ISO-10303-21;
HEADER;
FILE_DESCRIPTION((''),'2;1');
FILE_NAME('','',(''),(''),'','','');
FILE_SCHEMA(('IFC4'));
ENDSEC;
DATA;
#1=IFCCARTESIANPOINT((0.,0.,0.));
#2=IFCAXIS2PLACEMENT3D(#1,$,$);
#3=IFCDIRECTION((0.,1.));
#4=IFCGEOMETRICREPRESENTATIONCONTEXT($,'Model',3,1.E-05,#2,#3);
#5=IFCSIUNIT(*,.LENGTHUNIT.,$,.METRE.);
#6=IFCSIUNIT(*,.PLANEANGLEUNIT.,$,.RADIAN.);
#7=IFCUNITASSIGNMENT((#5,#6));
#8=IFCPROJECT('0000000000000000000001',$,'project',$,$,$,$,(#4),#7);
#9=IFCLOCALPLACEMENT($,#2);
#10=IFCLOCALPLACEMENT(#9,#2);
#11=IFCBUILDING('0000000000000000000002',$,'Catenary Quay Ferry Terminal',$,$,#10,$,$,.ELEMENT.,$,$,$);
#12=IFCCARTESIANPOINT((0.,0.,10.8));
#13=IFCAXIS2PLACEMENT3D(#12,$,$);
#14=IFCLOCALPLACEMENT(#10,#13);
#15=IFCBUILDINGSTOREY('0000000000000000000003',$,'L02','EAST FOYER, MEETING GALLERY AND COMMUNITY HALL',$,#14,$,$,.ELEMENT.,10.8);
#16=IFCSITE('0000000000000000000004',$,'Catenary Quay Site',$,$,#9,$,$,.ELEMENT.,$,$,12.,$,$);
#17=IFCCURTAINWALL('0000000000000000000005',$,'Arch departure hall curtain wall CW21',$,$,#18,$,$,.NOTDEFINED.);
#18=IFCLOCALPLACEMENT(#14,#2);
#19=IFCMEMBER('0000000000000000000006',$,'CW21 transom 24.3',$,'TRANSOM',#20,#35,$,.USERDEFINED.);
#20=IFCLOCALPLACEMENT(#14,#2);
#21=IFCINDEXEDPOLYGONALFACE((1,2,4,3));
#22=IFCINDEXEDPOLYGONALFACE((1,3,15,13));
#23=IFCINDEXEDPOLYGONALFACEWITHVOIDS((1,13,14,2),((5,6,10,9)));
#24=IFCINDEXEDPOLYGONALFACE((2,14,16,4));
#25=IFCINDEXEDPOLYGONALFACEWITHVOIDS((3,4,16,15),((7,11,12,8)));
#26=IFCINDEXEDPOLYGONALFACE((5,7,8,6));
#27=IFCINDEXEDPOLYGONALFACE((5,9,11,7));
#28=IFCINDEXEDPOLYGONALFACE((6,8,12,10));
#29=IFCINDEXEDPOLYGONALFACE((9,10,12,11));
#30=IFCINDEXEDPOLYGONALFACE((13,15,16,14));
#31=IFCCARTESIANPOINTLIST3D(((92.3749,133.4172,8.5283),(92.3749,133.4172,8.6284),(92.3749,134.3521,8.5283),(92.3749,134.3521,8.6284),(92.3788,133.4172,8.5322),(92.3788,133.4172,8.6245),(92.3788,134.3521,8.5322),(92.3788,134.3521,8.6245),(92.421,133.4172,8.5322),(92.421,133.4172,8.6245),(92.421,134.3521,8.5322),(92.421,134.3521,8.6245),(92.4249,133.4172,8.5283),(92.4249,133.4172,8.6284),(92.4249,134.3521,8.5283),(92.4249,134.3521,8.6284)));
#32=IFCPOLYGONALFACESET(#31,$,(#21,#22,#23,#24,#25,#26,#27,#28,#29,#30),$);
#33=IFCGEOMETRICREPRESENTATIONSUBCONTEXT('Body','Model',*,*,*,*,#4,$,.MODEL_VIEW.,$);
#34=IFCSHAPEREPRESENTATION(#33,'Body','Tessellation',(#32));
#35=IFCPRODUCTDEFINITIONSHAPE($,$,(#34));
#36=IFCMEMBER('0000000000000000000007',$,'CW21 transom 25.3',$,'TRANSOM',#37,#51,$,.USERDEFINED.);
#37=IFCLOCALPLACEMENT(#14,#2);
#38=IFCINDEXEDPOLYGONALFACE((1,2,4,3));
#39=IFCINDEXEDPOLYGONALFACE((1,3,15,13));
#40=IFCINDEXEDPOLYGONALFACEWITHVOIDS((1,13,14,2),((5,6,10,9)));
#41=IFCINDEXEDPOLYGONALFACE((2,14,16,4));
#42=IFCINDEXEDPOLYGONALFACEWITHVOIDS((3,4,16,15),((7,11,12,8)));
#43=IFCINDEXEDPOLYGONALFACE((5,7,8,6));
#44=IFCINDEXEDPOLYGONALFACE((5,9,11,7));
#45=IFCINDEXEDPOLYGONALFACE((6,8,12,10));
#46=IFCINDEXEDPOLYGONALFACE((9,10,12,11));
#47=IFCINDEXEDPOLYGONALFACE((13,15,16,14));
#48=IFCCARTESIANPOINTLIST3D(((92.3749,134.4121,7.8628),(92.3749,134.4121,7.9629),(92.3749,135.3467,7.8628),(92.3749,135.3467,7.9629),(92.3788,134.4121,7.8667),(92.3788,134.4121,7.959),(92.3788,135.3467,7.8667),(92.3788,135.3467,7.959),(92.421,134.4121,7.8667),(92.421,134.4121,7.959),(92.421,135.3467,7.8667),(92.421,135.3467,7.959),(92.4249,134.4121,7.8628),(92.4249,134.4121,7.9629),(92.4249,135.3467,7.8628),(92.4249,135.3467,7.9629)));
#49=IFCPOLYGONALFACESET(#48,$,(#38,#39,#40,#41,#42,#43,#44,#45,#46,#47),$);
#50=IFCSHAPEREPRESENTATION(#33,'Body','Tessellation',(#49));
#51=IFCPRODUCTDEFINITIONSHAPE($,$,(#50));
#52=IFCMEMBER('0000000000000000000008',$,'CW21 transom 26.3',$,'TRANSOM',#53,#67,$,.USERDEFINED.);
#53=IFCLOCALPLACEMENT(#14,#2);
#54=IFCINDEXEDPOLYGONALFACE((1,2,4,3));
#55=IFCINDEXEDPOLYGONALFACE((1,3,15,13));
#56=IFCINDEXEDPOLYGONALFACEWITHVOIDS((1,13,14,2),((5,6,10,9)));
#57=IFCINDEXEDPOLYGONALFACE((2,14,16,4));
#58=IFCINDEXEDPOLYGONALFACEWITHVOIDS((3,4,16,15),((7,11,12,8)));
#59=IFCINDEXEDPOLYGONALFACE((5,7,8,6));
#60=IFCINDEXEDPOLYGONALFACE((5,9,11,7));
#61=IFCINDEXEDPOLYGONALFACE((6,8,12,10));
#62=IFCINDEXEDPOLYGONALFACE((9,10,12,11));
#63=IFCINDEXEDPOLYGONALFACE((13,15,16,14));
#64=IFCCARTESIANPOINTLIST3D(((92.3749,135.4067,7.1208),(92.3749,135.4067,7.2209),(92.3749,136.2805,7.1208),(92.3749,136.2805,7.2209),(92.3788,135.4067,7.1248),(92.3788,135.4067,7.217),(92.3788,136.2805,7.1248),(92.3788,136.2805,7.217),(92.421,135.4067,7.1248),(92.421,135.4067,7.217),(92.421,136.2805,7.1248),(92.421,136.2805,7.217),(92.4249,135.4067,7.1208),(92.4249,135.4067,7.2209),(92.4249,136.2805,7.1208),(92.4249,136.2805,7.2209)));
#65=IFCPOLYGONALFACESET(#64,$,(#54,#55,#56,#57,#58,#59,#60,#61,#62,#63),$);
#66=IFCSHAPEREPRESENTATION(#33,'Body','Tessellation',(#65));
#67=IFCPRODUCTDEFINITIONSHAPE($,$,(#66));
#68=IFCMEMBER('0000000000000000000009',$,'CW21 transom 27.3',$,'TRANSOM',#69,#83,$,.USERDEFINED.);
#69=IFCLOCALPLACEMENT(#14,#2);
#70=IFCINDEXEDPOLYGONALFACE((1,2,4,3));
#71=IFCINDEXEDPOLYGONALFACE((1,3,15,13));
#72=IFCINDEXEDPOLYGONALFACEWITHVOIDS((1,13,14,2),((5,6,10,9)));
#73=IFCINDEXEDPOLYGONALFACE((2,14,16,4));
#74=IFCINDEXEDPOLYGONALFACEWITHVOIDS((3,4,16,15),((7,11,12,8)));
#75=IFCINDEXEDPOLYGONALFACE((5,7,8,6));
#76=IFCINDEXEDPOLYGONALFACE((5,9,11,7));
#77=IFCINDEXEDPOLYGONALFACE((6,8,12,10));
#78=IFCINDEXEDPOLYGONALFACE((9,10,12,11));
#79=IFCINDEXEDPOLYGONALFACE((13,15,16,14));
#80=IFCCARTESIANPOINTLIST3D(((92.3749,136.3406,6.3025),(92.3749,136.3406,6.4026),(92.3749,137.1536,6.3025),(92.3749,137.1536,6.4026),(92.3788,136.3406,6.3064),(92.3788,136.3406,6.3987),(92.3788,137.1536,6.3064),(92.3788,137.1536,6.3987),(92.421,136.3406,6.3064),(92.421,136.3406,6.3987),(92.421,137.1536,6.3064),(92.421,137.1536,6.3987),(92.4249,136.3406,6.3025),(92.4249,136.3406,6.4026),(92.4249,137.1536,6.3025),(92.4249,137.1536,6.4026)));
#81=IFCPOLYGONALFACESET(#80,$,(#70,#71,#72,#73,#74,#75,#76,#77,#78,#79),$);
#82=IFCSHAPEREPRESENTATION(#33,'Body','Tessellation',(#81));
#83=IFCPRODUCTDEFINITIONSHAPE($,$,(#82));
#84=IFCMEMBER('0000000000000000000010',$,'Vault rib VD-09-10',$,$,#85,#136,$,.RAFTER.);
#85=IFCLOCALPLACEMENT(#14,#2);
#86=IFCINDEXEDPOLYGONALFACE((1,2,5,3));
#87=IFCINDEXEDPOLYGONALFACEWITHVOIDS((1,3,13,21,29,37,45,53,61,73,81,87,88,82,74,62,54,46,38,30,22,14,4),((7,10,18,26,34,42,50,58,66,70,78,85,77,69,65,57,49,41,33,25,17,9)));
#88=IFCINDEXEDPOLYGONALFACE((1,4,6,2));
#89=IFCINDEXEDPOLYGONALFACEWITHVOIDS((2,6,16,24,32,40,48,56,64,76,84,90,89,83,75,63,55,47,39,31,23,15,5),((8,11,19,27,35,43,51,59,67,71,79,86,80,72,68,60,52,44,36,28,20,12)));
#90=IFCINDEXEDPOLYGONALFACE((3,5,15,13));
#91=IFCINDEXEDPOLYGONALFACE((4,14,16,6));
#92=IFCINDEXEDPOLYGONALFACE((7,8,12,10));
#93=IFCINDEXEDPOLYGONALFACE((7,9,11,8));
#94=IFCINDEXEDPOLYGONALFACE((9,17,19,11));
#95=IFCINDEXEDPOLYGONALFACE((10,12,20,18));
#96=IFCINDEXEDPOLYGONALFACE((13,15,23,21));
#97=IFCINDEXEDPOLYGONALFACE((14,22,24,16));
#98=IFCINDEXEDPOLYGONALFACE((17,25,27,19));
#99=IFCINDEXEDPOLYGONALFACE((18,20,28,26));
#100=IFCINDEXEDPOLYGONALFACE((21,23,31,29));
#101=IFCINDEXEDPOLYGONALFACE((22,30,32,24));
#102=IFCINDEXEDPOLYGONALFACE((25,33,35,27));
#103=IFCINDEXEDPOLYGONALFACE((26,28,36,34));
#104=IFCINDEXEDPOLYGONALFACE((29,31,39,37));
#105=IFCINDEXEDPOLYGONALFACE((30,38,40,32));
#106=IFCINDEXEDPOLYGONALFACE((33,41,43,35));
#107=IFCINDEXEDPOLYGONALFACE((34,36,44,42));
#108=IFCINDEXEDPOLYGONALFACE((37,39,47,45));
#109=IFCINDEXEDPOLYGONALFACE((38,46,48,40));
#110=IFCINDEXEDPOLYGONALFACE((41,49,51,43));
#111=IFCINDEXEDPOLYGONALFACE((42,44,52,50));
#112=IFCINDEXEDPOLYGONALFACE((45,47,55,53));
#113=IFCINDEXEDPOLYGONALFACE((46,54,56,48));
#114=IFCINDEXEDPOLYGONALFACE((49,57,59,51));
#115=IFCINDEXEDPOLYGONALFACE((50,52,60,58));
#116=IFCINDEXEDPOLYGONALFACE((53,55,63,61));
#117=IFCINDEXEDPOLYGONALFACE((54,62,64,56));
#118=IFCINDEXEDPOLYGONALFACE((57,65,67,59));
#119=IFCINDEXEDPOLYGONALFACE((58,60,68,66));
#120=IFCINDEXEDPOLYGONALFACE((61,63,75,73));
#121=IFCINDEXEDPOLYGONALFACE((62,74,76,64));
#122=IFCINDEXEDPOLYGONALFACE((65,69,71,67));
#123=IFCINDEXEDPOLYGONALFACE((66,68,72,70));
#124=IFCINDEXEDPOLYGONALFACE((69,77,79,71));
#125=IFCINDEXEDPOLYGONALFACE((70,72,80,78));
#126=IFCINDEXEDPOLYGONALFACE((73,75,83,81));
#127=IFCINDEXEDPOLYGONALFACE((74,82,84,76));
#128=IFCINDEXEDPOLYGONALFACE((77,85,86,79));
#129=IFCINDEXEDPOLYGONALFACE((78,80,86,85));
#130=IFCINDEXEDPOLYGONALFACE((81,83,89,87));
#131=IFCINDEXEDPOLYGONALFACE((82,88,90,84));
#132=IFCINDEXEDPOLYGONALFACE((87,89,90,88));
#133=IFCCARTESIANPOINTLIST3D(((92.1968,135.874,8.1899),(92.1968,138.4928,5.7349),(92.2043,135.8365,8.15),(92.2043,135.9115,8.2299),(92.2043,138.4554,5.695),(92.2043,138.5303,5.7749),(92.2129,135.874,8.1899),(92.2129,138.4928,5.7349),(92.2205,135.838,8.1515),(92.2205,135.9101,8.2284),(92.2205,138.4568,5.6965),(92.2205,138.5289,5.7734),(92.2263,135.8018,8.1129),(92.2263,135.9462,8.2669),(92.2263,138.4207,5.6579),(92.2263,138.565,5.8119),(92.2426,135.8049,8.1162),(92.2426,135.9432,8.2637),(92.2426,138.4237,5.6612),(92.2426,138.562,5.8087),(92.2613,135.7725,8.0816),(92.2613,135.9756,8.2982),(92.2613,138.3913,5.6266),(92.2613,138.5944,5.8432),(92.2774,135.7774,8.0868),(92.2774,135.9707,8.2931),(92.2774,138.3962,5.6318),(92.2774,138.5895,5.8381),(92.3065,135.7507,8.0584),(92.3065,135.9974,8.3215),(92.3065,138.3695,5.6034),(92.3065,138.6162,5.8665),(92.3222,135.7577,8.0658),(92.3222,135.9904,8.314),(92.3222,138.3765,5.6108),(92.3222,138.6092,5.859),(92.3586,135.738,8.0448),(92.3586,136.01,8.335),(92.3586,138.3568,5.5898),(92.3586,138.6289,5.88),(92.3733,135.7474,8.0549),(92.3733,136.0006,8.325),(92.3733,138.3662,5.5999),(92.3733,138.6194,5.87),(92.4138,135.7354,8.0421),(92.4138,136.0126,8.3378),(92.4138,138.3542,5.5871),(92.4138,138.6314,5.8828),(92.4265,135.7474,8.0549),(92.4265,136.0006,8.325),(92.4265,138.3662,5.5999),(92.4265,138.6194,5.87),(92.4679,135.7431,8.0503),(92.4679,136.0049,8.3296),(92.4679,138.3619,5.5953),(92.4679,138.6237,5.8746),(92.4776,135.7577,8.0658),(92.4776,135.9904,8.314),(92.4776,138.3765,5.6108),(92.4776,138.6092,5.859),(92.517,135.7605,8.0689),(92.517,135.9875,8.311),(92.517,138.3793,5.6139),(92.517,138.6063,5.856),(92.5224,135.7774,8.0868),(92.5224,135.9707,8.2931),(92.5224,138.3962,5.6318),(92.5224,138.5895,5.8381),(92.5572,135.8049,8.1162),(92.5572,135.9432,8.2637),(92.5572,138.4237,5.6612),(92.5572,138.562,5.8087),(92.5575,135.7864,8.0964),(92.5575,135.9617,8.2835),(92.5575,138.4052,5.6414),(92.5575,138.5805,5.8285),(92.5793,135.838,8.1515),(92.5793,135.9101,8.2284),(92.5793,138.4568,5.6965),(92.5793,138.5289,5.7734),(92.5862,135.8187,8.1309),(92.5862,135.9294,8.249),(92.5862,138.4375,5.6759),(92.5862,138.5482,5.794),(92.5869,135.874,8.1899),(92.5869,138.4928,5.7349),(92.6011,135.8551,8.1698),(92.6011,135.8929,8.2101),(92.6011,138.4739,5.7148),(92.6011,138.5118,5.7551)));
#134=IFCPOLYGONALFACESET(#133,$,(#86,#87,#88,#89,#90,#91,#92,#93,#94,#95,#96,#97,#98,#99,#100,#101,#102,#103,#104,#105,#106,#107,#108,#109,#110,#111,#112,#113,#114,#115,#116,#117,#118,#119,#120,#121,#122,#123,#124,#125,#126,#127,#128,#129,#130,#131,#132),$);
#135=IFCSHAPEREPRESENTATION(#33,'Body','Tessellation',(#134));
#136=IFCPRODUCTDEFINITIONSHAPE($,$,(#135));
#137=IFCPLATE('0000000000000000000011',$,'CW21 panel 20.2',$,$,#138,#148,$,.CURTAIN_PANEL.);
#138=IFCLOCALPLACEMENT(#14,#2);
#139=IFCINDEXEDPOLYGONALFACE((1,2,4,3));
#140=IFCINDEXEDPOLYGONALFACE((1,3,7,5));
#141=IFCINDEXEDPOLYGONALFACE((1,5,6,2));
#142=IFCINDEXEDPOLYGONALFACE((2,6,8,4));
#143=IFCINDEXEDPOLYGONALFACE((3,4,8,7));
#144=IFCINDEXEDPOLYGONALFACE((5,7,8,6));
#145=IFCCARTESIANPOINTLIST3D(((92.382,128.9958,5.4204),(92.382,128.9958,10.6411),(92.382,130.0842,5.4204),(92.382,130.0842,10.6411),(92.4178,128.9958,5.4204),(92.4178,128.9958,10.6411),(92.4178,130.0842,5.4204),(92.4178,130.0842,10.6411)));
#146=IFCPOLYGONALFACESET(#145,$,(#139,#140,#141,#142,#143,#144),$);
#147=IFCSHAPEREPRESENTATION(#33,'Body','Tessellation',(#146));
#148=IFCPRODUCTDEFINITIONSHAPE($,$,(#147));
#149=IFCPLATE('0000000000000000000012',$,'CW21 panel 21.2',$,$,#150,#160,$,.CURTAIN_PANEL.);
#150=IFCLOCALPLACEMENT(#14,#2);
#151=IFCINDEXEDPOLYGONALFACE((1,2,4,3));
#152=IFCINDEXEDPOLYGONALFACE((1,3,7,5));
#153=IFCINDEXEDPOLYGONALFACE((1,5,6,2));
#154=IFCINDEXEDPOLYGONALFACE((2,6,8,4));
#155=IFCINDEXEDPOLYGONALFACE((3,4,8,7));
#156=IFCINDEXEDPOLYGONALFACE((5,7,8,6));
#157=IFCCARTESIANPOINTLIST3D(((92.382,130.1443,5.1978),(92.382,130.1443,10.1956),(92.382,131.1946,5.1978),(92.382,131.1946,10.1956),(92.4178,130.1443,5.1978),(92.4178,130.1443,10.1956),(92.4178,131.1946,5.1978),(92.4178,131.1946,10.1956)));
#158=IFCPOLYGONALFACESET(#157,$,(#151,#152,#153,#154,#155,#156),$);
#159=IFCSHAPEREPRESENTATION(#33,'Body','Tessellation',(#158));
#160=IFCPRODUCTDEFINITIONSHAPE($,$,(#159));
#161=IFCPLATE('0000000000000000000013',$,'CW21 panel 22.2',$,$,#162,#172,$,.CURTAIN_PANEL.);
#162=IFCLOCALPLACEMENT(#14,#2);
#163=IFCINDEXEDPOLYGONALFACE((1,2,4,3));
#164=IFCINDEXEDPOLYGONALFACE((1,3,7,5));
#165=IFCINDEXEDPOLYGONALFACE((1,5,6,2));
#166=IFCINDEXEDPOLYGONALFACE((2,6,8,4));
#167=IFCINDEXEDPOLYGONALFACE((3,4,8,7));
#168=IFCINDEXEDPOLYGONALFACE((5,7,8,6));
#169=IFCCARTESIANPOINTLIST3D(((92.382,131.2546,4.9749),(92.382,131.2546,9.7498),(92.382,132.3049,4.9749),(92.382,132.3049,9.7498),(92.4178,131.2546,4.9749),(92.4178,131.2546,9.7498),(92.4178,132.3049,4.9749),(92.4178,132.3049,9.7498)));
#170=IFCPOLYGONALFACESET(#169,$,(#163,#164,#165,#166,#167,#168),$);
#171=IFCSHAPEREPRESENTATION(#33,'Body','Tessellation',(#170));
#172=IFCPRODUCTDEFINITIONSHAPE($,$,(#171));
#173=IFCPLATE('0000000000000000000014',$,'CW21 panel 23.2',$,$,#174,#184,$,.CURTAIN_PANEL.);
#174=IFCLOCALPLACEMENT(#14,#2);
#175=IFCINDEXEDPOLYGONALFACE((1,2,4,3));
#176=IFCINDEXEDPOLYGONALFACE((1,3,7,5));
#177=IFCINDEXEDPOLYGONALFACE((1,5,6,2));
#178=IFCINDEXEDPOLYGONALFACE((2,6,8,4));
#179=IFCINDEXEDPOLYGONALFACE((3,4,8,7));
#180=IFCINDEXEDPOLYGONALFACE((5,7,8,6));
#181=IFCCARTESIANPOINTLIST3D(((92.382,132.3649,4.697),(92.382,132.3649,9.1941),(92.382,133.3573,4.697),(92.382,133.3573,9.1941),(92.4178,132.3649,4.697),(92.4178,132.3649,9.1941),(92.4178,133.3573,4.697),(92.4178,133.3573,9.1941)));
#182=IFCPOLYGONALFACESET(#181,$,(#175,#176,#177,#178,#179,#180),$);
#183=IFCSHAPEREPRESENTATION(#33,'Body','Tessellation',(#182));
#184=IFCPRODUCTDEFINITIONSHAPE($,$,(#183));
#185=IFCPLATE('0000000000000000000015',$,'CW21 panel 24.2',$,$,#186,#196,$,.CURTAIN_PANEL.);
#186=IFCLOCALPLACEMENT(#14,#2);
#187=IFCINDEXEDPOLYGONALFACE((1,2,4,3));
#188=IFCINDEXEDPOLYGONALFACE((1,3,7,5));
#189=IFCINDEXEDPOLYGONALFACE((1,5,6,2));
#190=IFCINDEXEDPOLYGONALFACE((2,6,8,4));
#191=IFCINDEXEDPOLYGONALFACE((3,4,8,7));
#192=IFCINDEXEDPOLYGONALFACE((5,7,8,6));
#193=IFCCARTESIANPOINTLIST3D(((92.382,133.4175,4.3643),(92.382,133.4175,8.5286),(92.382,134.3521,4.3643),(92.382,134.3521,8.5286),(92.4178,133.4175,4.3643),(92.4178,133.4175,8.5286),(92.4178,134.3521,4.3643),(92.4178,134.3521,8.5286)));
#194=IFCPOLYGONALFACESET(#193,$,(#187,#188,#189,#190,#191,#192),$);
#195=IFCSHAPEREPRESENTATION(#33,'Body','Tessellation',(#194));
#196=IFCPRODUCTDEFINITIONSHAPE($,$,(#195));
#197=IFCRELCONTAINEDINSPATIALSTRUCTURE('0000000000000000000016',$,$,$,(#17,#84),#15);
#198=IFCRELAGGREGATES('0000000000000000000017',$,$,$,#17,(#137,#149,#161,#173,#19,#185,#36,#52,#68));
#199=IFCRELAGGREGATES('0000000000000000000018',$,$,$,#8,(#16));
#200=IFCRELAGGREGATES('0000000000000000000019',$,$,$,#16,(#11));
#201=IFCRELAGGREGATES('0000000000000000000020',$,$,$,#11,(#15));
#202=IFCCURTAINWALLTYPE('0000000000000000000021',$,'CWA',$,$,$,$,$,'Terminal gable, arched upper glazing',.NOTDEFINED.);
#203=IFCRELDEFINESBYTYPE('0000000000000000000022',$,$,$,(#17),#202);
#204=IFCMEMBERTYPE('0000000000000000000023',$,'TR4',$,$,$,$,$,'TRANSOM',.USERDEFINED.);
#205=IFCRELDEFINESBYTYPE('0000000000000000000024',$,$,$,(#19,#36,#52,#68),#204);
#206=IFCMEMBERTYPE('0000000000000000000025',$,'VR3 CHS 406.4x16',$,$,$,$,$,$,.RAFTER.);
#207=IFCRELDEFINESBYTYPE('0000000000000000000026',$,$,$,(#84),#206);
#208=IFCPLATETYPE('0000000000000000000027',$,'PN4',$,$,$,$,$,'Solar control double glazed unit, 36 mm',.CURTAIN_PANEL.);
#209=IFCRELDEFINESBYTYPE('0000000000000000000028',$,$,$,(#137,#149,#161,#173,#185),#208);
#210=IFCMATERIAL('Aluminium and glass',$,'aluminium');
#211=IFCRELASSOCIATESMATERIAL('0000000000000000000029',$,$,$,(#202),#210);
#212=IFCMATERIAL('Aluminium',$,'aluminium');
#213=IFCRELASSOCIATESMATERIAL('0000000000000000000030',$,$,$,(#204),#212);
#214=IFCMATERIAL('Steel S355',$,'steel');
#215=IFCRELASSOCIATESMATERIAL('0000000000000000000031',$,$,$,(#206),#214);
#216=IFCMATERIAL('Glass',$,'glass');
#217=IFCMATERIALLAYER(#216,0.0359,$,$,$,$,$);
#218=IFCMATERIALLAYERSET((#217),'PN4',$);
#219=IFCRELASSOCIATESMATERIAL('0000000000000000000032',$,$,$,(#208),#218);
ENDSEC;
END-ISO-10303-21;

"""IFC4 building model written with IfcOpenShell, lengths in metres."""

from ifc_helpers import new_model, si_unit, direction, frame, origin, origin_2d, place, context, subcontext, project, spatial, rectangle, hollow_rectangle, hollow_circle, extrude, material, layer, layer_set, material_profile, profile_set, type_object, element, aggregate, save


model = new_model("IFC4")

# Units and contexts
model_context = context("Model", 3, precision=1e-05, world=origin(), true_north=direction((0.0, 1.0)))
body_context = subcontext(model_context, "Body", "Model", "MODEL_VIEW")
ifc_project = project(units=[si_unit("LENGTHUNIT", "METRE"), si_unit("PLANEANGLEUNIT", "RADIAN")], contexts=[model_context])

# Site, building, storey
site_placement = place(None, origin())
site = spatial("IfcSite", under=ifc_project, at=site_placement, Name="Catenary Quay Site", CompositionType="ELEMENT", RefElevation=12.0)
building_placement = place(site_placement, origin())
building = spatial("IfcBuilding", under=site, at=building_placement, Name="Catenary Quay Ferry Terminal", CompositionType="ELEMENT")
storey_placement = place(building_placement, frame((0.0, 0.0, 10.8)))
storey = spatial("IfcBuildingStorey", under=building, at=storey_placement, Name="L02", Description="EAST FOYER, MEETING GALLERY AND COMMUNITY HALL", CompositionType="ELEMENT", Elevation=10.8)

# Curtain wall, members
ifc_material_1 = material(Name="Aluminium and glass", Category="aluminium")
curtain_wall_type = type_object("IfcCurtainWallType", Name="CWA", ElementType="Terminal gable, arched upper glazing", PredefinedType="NOTDEFINED", material=ifc_material_1)
curtain_wall_placement = place(storey_placement, origin())
curtain_wall = element("IfcCurtainWall", 1, at=curtain_wall_placement, inside=storey, type_object=curtain_wall_type, Name="Arch departure hall curtain wall CW21", PredefinedType="NOTDEFINED")
ifc_material_2 = material(Name="Aluminium", Category="aluminium")
ifc_material_profile_1 = material_profile(ifc_material_2, hollow_rectangle(XDim=0.05, YDim=0.1001, WallThickness=0.0039, at=origin_2d()), Name="TR4")
ifc_profile_set_1 = profile_set([ifc_material_profile_1], Name="Aluminium")
member_type_1 = type_object("IfcMemberType", Name="TR4", ElementType="TRANSOM", PredefinedType="USERDEFINED", material=ifc_profile_set_1)
member_1_placement = place(storey_placement, frame((92.3999, 133.4172, 8.5784), z_axis=(0.0, 1.0, 0.0), x_axis=(-1.0, 0.0, 0.0)))
member_1 = element("IfcMember", 2, at=member_1_placement, type_object=member_type_1, Name="CW21 transom 24.3", ObjectType="TRANSOM", PredefinedType="USERDEFINED", context=body_context, shape_type="SweptSolid", body=[
    extrude(hollow_rectangle(XDim=0.05, YDim=0.1001, WallThickness=0.0039, at=origin_2d()), origin(), (0.0, 0.0, 1.0), 0.9348),
])
member_2_placement = place(storey_placement, frame((92.3999, 134.4121, 7.9128), z_axis=(0.0, 1.0, 0.0), x_axis=(-1.0, 0.0, 0.0)))
member_2 = element("IfcMember", 3, at=member_2_placement, type_object=member_type_1, Name="CW21 transom 25.3", ObjectType="TRANSOM", PredefinedType="USERDEFINED", context=body_context, shape_type="SweptSolid", body=[
    extrude(hollow_rectangle(XDim=0.05, YDim=0.1001, WallThickness=0.0039, at=origin_2d()), origin(), (0.0, 0.0, 1.0), 0.9346),
])
member_3_placement = place(storey_placement, frame((92.3999, 135.4067, 7.1709), z_axis=(0.0, 1.0, 0.0), x_axis=(-1.0, 0.0, 0.0)))
member_3 = element("IfcMember", 4, at=member_3_placement, type_object=member_type_1, Name="CW21 transom 26.3", ObjectType="TRANSOM", PredefinedType="USERDEFINED", context=body_context, shape_type="SweptSolid", body=[
    extrude(hollow_rectangle(XDim=0.05, YDim=0.1001, WallThickness=0.0039, at=origin_2d()), origin(), (0.0, 0.0, 1.0), 0.8738),
])
member_4_placement = place(storey_placement, frame((92.3999, 136.3406, 6.3525), z_axis=(0.0, 1.0, 0.0), x_axis=(-1.0, 0.0, 0.0)))
member_4 = element("IfcMember", 5, at=member_4_placement, type_object=member_type_1, Name="CW21 transom 27.3", ObjectType="TRANSOM", PredefinedType="USERDEFINED", context=body_context, shape_type="SweptSolid", body=[
    extrude(hollow_rectangle(XDim=0.05, YDim=0.1001, WallThickness=0.0039, at=origin_2d()), origin(), (0.0, 0.0, 1.0), 0.813),
])

# Member
ifc_material_3 = material(Name="Steel S355", Category="steel")
ifc_material_profile_2 = material_profile(ifc_material_3, hollow_circle(Radius=0.2031, WallThickness=0.0161, at=origin_2d()), Name="CHS 406.4x16")
ifc_profile_set_2 = profile_set([ifc_material_profile_2], Name="Steel S355")
member_type_2 = type_object("IfcMemberType", Name="VR3 CHS 406.4x16", PredefinedType="RAFTER", material=ifc_profile_set_2)
member_5_placement = place(storey_placement, frame((92.3999, 135.874, 8.1899), z_axis=(0.0, 0.729556, -0.683921), x_axis=(-1.0, 0.0, 0.0)))
element("IfcMember", 6, at=member_5_placement, inside=storey, type_object=member_type_2, Name="Vault rib VD-09-10", PredefinedType="RAFTER", context=body_context, shape_type="SweptSolid", body=[
    extrude(hollow_circle(Radius=0.2031, WallThickness=0.0161, at=origin_2d()), origin(), (0.0, 0.0, 1.0), 3.5896),
])

# Plates
ifc_material_4 = material(Name="Glass", Category="glass")
ifc_layer_1 = layer(ifc_material_4, 0.0359)
ifc_layer_set_1 = layer_set([ifc_layer_1], Name="PN4")
plate_type_1 = type_object("IfcPlateType", Name="PN4", ElementType="Solar control double glazed unit, 36 mm", PredefinedType="CURTAIN_PANEL", material=ifc_layer_set_1)
plate_1_placement = place(storey_placement, frame((92.3999, 129.54, 5.4204), z_axis=(0.0, 0.0, 1.0), x_axis=(0.0, 1.0, 0.0)))
plate_1 = element("IfcPlate", 7, at=plate_1_placement, type_object=plate_type_1, Name="CW21 panel 20.2", PredefinedType="CURTAIN_PANEL", context=body_context, shape_type="SweptSolid", body=[
    extrude(rectangle(XDim=1.0884, YDim=0.0359, at=origin_2d()), origin(), (0.0, 0.0, 1.0), 5.2207),
])
plate_2_placement = place(storey_placement, frame((92.3999, 130.6694, 5.1978), z_axis=(0.0, 0.0, 1.0), x_axis=(0.0, 1.0, 0.0)))
plate_2 = element("IfcPlate", 8, at=plate_2_placement, type_object=plate_type_1, Name="CW21 panel 21.2", PredefinedType="CURTAIN_PANEL", context=body_context, shape_type="SweptSolid", body=[
    extrude(rectangle(XDim=1.0503, YDim=0.0359, at=origin_2d()), origin(), (0.0, 0.0, 1.0), 4.9978),
])
plate_3_placement = place(storey_placement, frame((92.3999, 131.7798, 4.9749), z_axis=(0.0, 0.0, 1.0), x_axis=(0.0, 1.0, 0.0)))
plate_3 = element("IfcPlate", 9, at=plate_3_placement, type_object=plate_type_1, Name="CW21 panel 22.2", PredefinedType="CURTAIN_PANEL", context=body_context, shape_type="SweptSolid", body=[
    extrude(rectangle(XDim=1.0503, YDim=0.0359, at=origin_2d()), origin(), (0.0, 0.0, 1.0), 4.7749),
])
plate_4_placement = place(storey_placement, frame((92.3999, 132.8611, 4.697), z_axis=(0.0, 0.0, 1.0), x_axis=(0.0, 1.0, 0.0)))
plate_4 = element("IfcPlate", 10, at=plate_4_placement, type_object=plate_type_1, Name="CW21 panel 23.2", PredefinedType="CURTAIN_PANEL", context=body_context, shape_type="SweptSolid", body=[
    extrude(rectangle(XDim=0.9924, YDim=0.0359, at=origin_2d()), origin(), (0.0, 0.0, 1.0), 4.4971),
])
plate_5_placement = place(storey_placement, frame((92.3999, 133.8848, 4.3643), z_axis=(0.0, 0.0, 1.0), x_axis=(0.0, 1.0, 0.0)))
plate_5 = element("IfcPlate", 11, at=plate_5_placement, type_object=plate_type_1, Name="CW21 panel 24.2", PredefinedType="CURTAIN_PANEL", context=body_context, shape_type="SweptSolid", body=[
    extrude(rectangle(XDim=0.9346, YDim=0.0359, at=origin_2d()), origin(), (0.0, 0.0, 1.0), 4.1643),
])
aggregate(curtain_wall, [plate_1, plate_2, plate_3, plate_4, member_1, plate_5, member_2, member_3, member_4])

save(model, "model.ifc")
